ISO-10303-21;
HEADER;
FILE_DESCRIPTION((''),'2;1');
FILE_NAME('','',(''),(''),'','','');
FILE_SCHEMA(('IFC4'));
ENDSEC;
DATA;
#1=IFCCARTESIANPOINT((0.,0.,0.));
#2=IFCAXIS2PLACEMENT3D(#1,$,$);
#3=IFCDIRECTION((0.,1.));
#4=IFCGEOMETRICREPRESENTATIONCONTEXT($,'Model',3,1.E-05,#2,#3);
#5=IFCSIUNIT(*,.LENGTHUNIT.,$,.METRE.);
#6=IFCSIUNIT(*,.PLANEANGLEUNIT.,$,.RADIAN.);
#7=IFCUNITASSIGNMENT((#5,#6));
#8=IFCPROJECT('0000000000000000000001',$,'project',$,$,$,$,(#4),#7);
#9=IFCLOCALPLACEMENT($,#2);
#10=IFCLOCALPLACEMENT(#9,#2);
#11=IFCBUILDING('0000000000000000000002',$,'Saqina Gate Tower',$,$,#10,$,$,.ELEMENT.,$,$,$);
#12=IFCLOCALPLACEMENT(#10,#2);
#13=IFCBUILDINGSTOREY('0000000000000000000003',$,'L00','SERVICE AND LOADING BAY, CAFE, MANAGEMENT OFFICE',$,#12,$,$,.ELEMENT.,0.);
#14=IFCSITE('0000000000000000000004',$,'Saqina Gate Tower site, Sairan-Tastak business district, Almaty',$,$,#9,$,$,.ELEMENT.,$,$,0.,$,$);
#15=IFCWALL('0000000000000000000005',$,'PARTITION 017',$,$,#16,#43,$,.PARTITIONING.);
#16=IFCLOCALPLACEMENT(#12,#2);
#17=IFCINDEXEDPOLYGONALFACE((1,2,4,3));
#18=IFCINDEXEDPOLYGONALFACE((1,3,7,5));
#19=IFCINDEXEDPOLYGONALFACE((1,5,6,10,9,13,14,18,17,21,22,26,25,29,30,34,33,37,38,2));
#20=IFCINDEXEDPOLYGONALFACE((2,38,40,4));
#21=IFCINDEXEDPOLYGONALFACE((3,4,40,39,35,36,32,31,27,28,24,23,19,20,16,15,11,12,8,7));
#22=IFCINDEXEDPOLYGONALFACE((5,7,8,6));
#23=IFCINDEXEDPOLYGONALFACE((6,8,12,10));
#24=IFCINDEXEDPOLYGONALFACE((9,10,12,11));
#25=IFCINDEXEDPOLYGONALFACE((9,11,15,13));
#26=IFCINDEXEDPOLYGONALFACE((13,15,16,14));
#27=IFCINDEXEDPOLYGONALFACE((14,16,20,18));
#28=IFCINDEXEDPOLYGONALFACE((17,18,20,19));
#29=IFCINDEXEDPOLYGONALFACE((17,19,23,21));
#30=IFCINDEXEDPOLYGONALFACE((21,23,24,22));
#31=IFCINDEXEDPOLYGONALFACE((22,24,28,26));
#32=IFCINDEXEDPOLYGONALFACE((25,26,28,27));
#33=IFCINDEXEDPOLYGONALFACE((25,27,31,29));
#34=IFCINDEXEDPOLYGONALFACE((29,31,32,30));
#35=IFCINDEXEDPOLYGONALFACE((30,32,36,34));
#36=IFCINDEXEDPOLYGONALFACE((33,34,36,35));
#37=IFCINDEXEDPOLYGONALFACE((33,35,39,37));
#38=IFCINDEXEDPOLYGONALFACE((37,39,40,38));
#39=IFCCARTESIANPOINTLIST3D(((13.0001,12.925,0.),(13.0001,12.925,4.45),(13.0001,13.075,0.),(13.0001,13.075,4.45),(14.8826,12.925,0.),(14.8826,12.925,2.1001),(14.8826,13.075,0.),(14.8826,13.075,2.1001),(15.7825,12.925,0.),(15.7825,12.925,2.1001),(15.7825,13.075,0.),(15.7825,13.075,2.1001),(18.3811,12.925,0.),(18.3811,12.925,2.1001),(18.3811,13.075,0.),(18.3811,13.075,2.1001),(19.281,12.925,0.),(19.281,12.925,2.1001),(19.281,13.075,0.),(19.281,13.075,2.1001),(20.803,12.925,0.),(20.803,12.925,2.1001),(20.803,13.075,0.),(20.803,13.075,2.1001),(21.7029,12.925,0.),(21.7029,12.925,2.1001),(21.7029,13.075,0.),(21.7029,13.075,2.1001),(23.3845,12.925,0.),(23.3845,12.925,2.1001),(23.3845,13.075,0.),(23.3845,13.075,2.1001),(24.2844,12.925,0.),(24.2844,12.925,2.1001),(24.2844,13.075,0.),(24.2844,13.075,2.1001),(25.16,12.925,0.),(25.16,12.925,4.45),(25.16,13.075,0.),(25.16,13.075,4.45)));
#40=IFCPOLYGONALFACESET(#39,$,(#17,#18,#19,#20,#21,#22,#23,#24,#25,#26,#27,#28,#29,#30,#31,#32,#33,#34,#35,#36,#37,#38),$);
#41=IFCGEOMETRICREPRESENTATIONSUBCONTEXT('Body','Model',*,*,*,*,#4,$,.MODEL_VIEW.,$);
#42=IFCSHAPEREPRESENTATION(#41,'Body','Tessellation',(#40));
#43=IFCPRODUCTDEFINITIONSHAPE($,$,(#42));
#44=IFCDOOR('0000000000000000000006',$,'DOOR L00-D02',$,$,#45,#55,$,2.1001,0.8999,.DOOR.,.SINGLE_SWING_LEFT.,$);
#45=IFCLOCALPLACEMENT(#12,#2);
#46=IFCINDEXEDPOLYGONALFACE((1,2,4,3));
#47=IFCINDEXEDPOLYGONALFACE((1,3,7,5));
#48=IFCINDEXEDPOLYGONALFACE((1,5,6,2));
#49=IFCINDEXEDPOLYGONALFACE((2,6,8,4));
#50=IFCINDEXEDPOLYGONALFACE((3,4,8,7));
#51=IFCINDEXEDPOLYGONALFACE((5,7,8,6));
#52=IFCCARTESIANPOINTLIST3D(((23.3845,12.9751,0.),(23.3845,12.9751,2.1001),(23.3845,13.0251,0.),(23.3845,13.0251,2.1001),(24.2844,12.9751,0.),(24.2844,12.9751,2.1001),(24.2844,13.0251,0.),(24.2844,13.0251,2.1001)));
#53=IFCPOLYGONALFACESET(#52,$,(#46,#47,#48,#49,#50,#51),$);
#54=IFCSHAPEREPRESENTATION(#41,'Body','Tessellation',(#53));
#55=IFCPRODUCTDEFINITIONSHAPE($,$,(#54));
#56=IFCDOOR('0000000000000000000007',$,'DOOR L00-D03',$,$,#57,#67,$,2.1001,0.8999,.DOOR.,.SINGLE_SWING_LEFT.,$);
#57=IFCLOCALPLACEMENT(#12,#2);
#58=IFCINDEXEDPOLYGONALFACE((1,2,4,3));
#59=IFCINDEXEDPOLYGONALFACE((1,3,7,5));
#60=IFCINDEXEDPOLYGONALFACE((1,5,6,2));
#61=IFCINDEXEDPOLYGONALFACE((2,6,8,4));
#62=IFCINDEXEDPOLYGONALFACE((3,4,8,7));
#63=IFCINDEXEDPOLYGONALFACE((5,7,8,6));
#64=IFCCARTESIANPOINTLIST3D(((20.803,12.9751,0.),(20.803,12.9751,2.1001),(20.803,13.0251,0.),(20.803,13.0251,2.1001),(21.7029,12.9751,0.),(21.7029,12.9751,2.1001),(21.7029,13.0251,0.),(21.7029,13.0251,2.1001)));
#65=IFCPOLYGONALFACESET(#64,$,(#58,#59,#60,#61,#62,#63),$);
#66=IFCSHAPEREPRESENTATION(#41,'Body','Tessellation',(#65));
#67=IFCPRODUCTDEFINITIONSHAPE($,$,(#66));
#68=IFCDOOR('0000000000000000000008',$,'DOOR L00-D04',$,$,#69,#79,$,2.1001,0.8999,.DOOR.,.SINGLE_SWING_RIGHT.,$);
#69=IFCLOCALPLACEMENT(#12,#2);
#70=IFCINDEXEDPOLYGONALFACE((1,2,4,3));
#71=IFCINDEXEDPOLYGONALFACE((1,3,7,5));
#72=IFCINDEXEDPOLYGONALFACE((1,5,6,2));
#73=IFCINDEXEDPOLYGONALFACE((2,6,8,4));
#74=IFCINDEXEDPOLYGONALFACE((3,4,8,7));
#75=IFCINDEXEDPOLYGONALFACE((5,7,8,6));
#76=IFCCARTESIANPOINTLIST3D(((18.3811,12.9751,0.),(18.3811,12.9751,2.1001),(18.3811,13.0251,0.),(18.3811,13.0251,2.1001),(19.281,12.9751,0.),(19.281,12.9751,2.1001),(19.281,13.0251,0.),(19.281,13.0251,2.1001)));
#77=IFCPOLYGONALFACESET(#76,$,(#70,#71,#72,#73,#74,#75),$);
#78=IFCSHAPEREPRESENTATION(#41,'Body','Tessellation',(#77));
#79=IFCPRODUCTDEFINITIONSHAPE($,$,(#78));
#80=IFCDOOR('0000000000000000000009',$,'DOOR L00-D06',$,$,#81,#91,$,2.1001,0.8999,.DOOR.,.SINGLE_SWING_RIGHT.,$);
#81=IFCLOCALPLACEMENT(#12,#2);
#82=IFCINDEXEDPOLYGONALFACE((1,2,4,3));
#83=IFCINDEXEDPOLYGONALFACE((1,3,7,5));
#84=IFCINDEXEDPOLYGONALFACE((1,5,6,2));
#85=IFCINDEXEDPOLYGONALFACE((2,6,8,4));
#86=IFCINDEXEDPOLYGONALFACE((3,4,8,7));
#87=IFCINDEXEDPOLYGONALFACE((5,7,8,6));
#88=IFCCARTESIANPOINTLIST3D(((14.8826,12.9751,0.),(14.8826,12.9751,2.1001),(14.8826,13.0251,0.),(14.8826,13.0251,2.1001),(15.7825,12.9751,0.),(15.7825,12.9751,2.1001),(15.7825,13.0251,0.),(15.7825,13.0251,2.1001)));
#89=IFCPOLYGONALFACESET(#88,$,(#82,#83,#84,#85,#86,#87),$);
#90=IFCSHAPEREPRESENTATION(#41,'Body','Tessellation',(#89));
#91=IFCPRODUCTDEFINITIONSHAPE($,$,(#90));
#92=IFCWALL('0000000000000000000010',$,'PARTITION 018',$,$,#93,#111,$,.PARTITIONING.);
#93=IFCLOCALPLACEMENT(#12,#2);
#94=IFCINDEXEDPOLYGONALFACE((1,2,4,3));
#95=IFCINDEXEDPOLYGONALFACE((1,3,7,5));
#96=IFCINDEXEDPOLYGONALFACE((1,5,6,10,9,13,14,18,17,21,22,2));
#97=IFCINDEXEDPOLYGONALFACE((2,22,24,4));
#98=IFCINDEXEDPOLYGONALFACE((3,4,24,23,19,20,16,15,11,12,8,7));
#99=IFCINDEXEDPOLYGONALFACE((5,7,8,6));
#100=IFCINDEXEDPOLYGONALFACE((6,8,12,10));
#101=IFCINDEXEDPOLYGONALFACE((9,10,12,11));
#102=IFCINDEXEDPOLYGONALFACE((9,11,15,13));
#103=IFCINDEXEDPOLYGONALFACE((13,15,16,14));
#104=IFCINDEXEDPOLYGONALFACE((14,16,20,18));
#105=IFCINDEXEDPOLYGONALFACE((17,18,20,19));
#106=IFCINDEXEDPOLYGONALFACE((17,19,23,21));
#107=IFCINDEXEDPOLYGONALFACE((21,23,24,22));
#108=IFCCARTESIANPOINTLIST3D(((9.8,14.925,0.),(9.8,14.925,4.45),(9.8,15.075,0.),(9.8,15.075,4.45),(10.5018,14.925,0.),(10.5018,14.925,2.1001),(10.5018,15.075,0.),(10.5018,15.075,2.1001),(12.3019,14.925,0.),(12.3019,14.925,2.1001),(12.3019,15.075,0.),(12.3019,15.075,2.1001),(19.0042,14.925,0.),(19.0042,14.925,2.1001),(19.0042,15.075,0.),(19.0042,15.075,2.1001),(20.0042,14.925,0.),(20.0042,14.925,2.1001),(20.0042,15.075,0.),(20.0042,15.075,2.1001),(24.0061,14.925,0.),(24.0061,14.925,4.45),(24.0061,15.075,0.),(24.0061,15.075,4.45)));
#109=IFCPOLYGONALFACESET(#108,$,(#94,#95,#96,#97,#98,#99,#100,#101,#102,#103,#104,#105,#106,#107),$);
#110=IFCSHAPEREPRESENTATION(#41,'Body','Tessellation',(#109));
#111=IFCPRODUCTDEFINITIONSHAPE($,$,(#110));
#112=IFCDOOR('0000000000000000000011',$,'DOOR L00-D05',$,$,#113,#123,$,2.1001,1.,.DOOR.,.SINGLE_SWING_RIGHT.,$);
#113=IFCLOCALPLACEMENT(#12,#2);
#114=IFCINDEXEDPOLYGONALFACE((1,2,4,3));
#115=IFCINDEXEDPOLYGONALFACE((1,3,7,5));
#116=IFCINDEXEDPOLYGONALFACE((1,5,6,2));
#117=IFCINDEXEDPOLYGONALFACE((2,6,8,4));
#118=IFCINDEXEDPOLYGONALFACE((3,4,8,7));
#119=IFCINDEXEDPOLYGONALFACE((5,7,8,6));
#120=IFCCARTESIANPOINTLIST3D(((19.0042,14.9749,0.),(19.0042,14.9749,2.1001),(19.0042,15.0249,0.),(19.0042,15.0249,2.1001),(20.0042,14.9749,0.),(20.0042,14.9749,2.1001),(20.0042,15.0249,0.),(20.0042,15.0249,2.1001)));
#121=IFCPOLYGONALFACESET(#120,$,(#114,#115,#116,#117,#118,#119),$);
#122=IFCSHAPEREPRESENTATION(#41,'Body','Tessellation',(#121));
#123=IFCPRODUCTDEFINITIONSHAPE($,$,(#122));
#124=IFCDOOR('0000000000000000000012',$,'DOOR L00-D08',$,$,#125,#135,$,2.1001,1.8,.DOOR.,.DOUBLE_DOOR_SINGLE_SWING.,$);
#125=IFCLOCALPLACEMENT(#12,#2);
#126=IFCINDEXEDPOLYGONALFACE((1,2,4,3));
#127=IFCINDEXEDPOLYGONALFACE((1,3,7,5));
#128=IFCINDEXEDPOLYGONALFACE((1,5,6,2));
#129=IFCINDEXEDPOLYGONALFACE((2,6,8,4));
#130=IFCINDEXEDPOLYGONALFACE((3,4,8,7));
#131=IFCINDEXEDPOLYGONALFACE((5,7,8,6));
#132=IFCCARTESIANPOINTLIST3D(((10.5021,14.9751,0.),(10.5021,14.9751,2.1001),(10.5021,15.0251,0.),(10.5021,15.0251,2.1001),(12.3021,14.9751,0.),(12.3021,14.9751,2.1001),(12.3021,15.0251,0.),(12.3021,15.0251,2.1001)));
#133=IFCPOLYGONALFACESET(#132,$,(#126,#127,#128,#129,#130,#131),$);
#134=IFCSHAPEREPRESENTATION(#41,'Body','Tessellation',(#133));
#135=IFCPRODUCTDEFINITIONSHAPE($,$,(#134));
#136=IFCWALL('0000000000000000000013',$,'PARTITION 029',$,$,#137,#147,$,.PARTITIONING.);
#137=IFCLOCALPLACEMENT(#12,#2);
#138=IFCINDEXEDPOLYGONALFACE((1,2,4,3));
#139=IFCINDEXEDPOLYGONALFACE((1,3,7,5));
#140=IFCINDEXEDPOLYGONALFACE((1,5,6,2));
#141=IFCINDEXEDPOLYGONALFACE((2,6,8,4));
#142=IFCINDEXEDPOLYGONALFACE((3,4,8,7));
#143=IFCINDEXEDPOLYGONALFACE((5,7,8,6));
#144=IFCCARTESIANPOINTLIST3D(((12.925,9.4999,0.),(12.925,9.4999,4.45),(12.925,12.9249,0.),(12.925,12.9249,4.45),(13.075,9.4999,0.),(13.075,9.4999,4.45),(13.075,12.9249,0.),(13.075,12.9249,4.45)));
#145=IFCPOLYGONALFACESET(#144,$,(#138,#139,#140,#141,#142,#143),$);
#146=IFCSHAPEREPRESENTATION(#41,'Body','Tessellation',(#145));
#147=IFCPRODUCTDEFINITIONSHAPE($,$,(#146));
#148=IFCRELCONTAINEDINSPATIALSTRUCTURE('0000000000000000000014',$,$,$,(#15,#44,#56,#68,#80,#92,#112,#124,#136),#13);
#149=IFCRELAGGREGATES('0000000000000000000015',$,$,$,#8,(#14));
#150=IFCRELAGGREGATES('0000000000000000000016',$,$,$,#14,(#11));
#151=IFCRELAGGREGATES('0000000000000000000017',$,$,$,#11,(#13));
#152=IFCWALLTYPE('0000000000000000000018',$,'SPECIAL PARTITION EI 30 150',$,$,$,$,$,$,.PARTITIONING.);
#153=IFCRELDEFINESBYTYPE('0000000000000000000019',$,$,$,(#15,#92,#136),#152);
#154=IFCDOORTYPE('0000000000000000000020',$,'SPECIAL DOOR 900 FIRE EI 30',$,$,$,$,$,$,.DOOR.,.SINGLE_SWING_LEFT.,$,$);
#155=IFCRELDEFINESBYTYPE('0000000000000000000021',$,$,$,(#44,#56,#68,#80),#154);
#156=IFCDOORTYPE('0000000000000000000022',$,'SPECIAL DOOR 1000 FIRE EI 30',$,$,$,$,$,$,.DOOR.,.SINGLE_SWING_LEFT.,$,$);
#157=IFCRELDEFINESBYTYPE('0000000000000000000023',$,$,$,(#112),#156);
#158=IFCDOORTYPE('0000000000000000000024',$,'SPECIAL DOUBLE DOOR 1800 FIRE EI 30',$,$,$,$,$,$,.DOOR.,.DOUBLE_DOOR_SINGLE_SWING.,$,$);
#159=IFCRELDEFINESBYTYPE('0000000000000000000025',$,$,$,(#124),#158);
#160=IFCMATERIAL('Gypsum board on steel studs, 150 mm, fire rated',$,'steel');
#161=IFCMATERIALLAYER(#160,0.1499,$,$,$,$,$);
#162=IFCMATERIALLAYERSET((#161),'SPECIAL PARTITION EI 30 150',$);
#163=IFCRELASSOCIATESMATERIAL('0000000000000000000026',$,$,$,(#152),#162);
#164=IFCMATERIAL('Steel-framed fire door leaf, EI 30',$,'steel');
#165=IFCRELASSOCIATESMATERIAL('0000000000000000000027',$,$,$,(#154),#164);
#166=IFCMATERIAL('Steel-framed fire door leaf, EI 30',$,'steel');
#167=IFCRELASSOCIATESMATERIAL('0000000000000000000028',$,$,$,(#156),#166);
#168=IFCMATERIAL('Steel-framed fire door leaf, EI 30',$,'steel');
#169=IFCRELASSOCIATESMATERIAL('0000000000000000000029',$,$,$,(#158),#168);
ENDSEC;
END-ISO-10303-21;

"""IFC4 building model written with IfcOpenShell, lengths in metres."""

from ifc_helpers import new_model, si_unit, direction, frame, frame_2d, origin, place, context, subcontext, project, spatial, rectangle, extrude, material, layer, layer_set, type_object, element, fill, save


model = new_model("IFC4")

# Units and contexts
model_context = context("Model", 3, precision=1e-05, world=origin(), true_north=direction((0.0, 1.0)))
body_context = subcontext(model_context, "Body", "Model", "MODEL_VIEW")
ifc_project = project(units=[si_unit("LENGTHUNIT", "METRE"), si_unit("PLANEANGLEUNIT", "RADIAN")], contexts=[model_context])

# Site, building, storey
site_placement = place(None, origin())
site = spatial("IfcSite", under=ifc_project, at=site_placement, Name="Saqina Gate Tower site, Sairan-Tastak business district, Almaty", CompositionType="ELEMENT", RefElevation=0.0)
building_placement = place(site_placement, origin())
building = spatial("IfcBuilding", under=site, at=building_placement, Name="Saqina Gate Tower", CompositionType="ELEMENT")
storey_placement = place(building_placement, origin())
storey = spatial("IfcBuildingStorey", under=building, at=storey_placement, Name="L00", Description="SERVICE AND LOADING BAY, CAFE, MANAGEMENT OFFICE", CompositionType="ELEMENT", Elevation=0.0)

# Shared definitions
ifc_material_1 = material(Name="Gypsum board on steel studs, 150 mm, fire rated", Category="steel")
ifc_layer_1 = layer(ifc_material_1, 0.1499)
ifc_layer_set_1 = layer_set([ifc_layer_1], Name="SPECIAL PARTITION EI 30 150")
wall_type_1 = type_object("IfcWallType", Name="SPECIAL PARTITION EI 30 150", PredefinedType="PARTITIONING", material=ifc_layer_set_1)

# Walls, openings, doors
wall_1_placement = place(storey_placement, frame((13.0, 13.0, 0.0), z_axis=(0.0, 0.0, 1.0), x_axis=(1.0, 0.0, 0.0)))
wall_1 = element("IfcWall", 1, at=wall_1_placement, inside=storey, type_object=wall_type_1, Name="PARTITION 017", PredefinedType="PARTITIONING", context=body_context, shape_type="SweptSolid", body=[
    extrude(rectangle(XDim=12.1599, YDim=0.1499, at=frame_2d((6.0801, 0.0))), origin(), (0.0, 0.0, 1.0), 4.45),
])
opening_1_placement = place(wall_1_placement, frame((10.3845, 0.0, 0.0)))
opening_1 = element("IfcOpeningElement", 2, at=opening_1_placement, cuts=wall_1, PredefinedType="OPENING", context=body_context, shape_type="SweptSolid", body=[
    extrude(rectangle(XDim=0.8999, YDim=2.1001, at=frame_2d((0.45, 1.05))), frame((0.0, 0.0869, 0.0), z_axis=(0.0, -1.0, 0.0), x_axis=(1.0, 0.0, 0.0)), (0.0, 0.0, 1.0), 0.1738),
])
opening_2_placement = place(wall_1_placement, frame((7.803, 0.0, 0.0)))
opening_2 = element("IfcOpeningElement", 3, at=opening_2_placement, cuts=wall_1, PredefinedType="OPENING", context=body_context, shape_type="SweptSolid", body=[
    extrude(rectangle(XDim=0.8999, YDim=2.1001, at=frame_2d((0.45, 1.05))), frame((0.0, 0.0869, 0.0), z_axis=(0.0, -1.0, 0.0), x_axis=(1.0, 0.0, 0.0)), (0.0, 0.0, 1.0), 0.1738),
])
opening_3_placement = place(wall_1_placement, frame((5.3811, 0.0, 0.0)))
opening_3 = element("IfcOpeningElement", 4, at=opening_3_placement, cuts=wall_1, PredefinedType="OPENING", context=body_context, shape_type="SweptSolid", body=[
    extrude(rectangle(XDim=0.8999, YDim=2.1001, at=frame_2d((0.45, 1.05))), frame((0.0, 0.0869, 0.0), z_axis=(0.0, -1.0, 0.0), x_axis=(1.0, 0.0, 0.0)), (0.0, 0.0, 1.0), 0.1738),
])
opening_4_placement = place(wall_1_placement, frame((1.8826, 0.0, 0.0)))
opening_4 = element("IfcOpeningElement", 5, at=opening_4_placement, cuts=wall_1, PredefinedType="OPENING", context=body_context, shape_type="SweptSolid", body=[
    extrude(rectangle(XDim=0.8999, YDim=2.1001, at=frame_2d((0.45, 1.05))), frame((0.0, 0.0869, 0.0), z_axis=(0.0, -1.0, 0.0), x_axis=(1.0, 0.0, 0.0)), (0.0, 0.0, 1.0), 0.1738),
])
ifc_material_2 = material(Name="Steel-framed fire door leaf, EI 30", Category="steel")
door_type_1 = type_object("IfcDoorType", Name="SPECIAL DOOR 900 FIRE EI 30", OperationType="SINGLE_SWING_LEFT", PredefinedType="DOOR", material=ifc_material_2)
door_1_placement = place(opening_1_placement, frame((0.8999, 0.0, 0.0), z_axis=(0.0, 0.0, 1.0), x_axis=(-1.0, 0.0, 0.0)))
door_1 = element("IfcDoor", 6, at=door_1_placement, inside=storey, type_object=door_type_1, Name="DOOR L00-D02", OperationType="SINGLE_SWING_LEFT", OverallHeight=2.1001, OverallWidth=0.8999, PredefinedType="DOOR", context=body_context, shape_type="SweptSolid", body=[
    extrude(rectangle(XDim=0.8999, YDim=2.1001, at=frame_2d((0.45, 1.05))), frame((0.0, 0.0249, 0.0), z_axis=(0.0, -1.0, 0.0), x_axis=(1.0, 0.0, 0.0)), (0.0, 0.0, 1.0), 0.05),
])
fill(opening_1, door_1)
door_2_placement = place(opening_2_placement, frame((0.8999, 0.0, 0.0), z_axis=(0.0, 0.0, 1.0), x_axis=(-1.0, 0.0, 0.0)))
door_2 = element("IfcDoor", 7, at=door_2_placement, inside=storey, type_object=door_type_1, Name="DOOR L00-D03", OperationType="SINGLE_SWING_LEFT", OverallHeight=2.1001, OverallWidth=0.8999, PredefinedType="DOOR", context=body_context, shape_type="SweptSolid", body=[
    extrude(rectangle(XDim=0.8999, YDim=2.1001, at=frame_2d((0.45, 1.05))), frame((0.0, 0.0249, 0.0), z_axis=(0.0, -1.0, 0.0), x_axis=(1.0, 0.0, 0.0)), (0.0, 0.0, 1.0), 0.05),
])
fill(opening_2, door_2)
door_3_placement = place(opening_3_placement, frame((0.8999, 0.0, 0.0), z_axis=(0.0, 0.0, 1.0), x_axis=(-1.0, 0.0, 0.0)))
door_3 = element("IfcDoor", 8, at=door_3_placement, inside=storey, type_object=door_type_1, Name="DOOR L00-D04", OperationType="SINGLE_SWING_RIGHT", OverallHeight=2.1001, OverallWidth=0.8999, PredefinedType="DOOR", context=body_context, shape_type="SweptSolid", body=[
    extrude(rectangle(XDim=0.8999, YDim=2.1001, at=frame_2d((0.45, 1.05))), frame((0.0, 0.0249, 0.0), z_axis=(0.0, -1.0, 0.0), x_axis=(1.0, 0.0, 0.0)), (0.0, 0.0, 1.0), 0.05),
])
fill(opening_3, door_3)
door_4_placement = place(opening_4_placement, frame((0.8999, 0.0, 0.0), z_axis=(0.0, 0.0, 1.0), x_axis=(-1.0, 0.0, 0.0)))
door_4 = element("IfcDoor", 9, at=door_4_placement, inside=storey, type_object=door_type_1, Name="DOOR L00-D06", OperationType="SINGLE_SWING_RIGHT", OverallHeight=2.1001, OverallWidth=0.8999, PredefinedType="DOOR", context=body_context, shape_type="SweptSolid", body=[
    extrude(rectangle(XDim=0.8999, YDim=2.1001, at=frame_2d((0.45, 1.05))), frame((0.0, 0.0249, 0.0), z_axis=(0.0, -1.0, 0.0), x_axis=(1.0, 0.0, 0.0)), (0.0, 0.0, 1.0), 0.05),
])
fill(opening_4, door_4)
wall_2_placement = place(storey_placement, frame((9.8, 15.0, 0.0), z_axis=(0.0, 0.0, 1.0), x_axis=(1.0, 0.0, 0.0)))
wall_2 = element("IfcWall", 10, at=wall_2_placement, inside=storey, type_object=wall_type_1, Name="PARTITION 018", PredefinedType="PARTITIONING", context=body_context, shape_type="SweptSolid", body=[
    extrude(rectangle(XDim=14.2061, YDim=0.1499, at=frame_2d((7.103, 0.0))), origin(), (0.0, 0.0, 1.0), 4.45),
])
opening_5_placement = place(wall_2_placement, frame((9.2041, 0.0, 0.0)))
opening_5 = element("IfcOpeningElement", 11, at=opening_5_placement, cuts=wall_2, PredefinedType="OPENING", context=body_context, shape_type="SweptSolid", body=[
    extrude(rectangle(XDim=1.0, YDim=2.1001, at=frame_2d((0.5, 1.05))), frame((0.0, 0.0869, 0.0), z_axis=(0.0, -1.0, 0.0), x_axis=(1.0, 0.0, 0.0)), (0.0, 0.0, 1.0), 0.1738),
])
opening_6_placement = place(wall_2_placement, frame((0.7019, 0.0, 0.0)))
opening_6 = element("IfcOpeningElement", 12, at=opening_6_placement, cuts=wall_2, PredefinedType="OPENING", context=body_context, shape_type="SweptSolid", body=[
    extrude(rectangle(XDim=1.8, YDim=2.1001, at=frame_2d((0.8999, 1.05))), frame((0.0, 0.0869, 0.0), z_axis=(0.0, -1.0, 0.0), x_axis=(1.0, 0.0, 0.0)), (0.0, 0.0, 1.0), 0.1738),
])
ifc_material_3 = material(Name="Steel-framed fire door leaf, EI 30", Category="steel")
door_type_2 = type_object("IfcDoorType", Name="SPECIAL DOOR 1000 FIRE EI 30", OperationType="SINGLE_SWING_LEFT", PredefinedType="DOOR", material=ifc_material_3)
door_5_placement = place(opening_5_placement, origin())
door_5 = element("IfcDoor", 13, at=door_5_placement, inside=storey, type_object=door_type_2, Name="DOOR L00-D05", OperationType="SINGLE_SWING_RIGHT", OverallHeight=2.1001, OverallWidth=1.0, PredefinedType="DOOR", context=body_context, shape_type="SweptSolid", body=[
    extrude(rectangle(XDim=1.0, YDim=2.1001, at=frame_2d((0.5, 1.05))), frame((0.0, 0.0249, 0.0), z_axis=(0.0, -1.0, 0.0), x_axis=(1.0, 0.0, 0.0)), (0.0, 0.0, 1.0), 0.05),
])
fill(opening_5, door_5)
ifc_material_4 = material(Name="Steel-framed fire door leaf, EI 30", Category="steel")
door_type_3 = type_object("IfcDoorType", Name="SPECIAL DOUBLE DOOR 1800 FIRE EI 30", OperationType="DOUBLE_DOOR_SINGLE_SWING", PredefinedType="DOOR", material=ifc_material_4)
door_6_placement = place(opening_6_placement, frame((1.8, 0.0, 0.0), z_axis=(0.0, 0.0, 1.0), x_axis=(-1.0, 0.0, 0.0)))
door_6 = element("IfcDoor", 14, at=door_6_placement, inside=storey, type_object=door_type_3, Name="DOOR L00-D08", OperationType="DOUBLE_DOOR_SINGLE_SWING", OverallHeight=2.1001, OverallWidth=1.8, PredefinedType="DOOR", context=body_context, shape_type="SweptSolid", body=[
    extrude(rectangle(XDim=1.8, YDim=2.1001, at=frame_2d((0.8999, 1.05))), frame((0.0, 0.0249, 0.0), z_axis=(0.0, -1.0, 0.0), x_axis=(1.0, 0.0, 0.0)), (0.0, 0.0, 1.0), 0.05),
])
fill(opening_6, door_6)

# Wall
wall_3_placement = place(storey_placement, frame((13.0, 9.5, 0.0), z_axis=(0.0, 0.0, 1.0), x_axis=(0.0, 1.0, 0.0)))
element("IfcWall", 15, at=wall_3_placement, inside=storey, type_object=wall_type_1, Name="PARTITION 029", PredefinedType="PARTITIONING", context=body_context, shape_type="SweptSolid", body=[
    extrude(rectangle(XDim=3.425, YDim=0.1499, at=frame_2d((1.7124, 0.0))), origin(), (0.0, 0.0, 1.0), 4.45),
])

save(model, "model.ifc")
